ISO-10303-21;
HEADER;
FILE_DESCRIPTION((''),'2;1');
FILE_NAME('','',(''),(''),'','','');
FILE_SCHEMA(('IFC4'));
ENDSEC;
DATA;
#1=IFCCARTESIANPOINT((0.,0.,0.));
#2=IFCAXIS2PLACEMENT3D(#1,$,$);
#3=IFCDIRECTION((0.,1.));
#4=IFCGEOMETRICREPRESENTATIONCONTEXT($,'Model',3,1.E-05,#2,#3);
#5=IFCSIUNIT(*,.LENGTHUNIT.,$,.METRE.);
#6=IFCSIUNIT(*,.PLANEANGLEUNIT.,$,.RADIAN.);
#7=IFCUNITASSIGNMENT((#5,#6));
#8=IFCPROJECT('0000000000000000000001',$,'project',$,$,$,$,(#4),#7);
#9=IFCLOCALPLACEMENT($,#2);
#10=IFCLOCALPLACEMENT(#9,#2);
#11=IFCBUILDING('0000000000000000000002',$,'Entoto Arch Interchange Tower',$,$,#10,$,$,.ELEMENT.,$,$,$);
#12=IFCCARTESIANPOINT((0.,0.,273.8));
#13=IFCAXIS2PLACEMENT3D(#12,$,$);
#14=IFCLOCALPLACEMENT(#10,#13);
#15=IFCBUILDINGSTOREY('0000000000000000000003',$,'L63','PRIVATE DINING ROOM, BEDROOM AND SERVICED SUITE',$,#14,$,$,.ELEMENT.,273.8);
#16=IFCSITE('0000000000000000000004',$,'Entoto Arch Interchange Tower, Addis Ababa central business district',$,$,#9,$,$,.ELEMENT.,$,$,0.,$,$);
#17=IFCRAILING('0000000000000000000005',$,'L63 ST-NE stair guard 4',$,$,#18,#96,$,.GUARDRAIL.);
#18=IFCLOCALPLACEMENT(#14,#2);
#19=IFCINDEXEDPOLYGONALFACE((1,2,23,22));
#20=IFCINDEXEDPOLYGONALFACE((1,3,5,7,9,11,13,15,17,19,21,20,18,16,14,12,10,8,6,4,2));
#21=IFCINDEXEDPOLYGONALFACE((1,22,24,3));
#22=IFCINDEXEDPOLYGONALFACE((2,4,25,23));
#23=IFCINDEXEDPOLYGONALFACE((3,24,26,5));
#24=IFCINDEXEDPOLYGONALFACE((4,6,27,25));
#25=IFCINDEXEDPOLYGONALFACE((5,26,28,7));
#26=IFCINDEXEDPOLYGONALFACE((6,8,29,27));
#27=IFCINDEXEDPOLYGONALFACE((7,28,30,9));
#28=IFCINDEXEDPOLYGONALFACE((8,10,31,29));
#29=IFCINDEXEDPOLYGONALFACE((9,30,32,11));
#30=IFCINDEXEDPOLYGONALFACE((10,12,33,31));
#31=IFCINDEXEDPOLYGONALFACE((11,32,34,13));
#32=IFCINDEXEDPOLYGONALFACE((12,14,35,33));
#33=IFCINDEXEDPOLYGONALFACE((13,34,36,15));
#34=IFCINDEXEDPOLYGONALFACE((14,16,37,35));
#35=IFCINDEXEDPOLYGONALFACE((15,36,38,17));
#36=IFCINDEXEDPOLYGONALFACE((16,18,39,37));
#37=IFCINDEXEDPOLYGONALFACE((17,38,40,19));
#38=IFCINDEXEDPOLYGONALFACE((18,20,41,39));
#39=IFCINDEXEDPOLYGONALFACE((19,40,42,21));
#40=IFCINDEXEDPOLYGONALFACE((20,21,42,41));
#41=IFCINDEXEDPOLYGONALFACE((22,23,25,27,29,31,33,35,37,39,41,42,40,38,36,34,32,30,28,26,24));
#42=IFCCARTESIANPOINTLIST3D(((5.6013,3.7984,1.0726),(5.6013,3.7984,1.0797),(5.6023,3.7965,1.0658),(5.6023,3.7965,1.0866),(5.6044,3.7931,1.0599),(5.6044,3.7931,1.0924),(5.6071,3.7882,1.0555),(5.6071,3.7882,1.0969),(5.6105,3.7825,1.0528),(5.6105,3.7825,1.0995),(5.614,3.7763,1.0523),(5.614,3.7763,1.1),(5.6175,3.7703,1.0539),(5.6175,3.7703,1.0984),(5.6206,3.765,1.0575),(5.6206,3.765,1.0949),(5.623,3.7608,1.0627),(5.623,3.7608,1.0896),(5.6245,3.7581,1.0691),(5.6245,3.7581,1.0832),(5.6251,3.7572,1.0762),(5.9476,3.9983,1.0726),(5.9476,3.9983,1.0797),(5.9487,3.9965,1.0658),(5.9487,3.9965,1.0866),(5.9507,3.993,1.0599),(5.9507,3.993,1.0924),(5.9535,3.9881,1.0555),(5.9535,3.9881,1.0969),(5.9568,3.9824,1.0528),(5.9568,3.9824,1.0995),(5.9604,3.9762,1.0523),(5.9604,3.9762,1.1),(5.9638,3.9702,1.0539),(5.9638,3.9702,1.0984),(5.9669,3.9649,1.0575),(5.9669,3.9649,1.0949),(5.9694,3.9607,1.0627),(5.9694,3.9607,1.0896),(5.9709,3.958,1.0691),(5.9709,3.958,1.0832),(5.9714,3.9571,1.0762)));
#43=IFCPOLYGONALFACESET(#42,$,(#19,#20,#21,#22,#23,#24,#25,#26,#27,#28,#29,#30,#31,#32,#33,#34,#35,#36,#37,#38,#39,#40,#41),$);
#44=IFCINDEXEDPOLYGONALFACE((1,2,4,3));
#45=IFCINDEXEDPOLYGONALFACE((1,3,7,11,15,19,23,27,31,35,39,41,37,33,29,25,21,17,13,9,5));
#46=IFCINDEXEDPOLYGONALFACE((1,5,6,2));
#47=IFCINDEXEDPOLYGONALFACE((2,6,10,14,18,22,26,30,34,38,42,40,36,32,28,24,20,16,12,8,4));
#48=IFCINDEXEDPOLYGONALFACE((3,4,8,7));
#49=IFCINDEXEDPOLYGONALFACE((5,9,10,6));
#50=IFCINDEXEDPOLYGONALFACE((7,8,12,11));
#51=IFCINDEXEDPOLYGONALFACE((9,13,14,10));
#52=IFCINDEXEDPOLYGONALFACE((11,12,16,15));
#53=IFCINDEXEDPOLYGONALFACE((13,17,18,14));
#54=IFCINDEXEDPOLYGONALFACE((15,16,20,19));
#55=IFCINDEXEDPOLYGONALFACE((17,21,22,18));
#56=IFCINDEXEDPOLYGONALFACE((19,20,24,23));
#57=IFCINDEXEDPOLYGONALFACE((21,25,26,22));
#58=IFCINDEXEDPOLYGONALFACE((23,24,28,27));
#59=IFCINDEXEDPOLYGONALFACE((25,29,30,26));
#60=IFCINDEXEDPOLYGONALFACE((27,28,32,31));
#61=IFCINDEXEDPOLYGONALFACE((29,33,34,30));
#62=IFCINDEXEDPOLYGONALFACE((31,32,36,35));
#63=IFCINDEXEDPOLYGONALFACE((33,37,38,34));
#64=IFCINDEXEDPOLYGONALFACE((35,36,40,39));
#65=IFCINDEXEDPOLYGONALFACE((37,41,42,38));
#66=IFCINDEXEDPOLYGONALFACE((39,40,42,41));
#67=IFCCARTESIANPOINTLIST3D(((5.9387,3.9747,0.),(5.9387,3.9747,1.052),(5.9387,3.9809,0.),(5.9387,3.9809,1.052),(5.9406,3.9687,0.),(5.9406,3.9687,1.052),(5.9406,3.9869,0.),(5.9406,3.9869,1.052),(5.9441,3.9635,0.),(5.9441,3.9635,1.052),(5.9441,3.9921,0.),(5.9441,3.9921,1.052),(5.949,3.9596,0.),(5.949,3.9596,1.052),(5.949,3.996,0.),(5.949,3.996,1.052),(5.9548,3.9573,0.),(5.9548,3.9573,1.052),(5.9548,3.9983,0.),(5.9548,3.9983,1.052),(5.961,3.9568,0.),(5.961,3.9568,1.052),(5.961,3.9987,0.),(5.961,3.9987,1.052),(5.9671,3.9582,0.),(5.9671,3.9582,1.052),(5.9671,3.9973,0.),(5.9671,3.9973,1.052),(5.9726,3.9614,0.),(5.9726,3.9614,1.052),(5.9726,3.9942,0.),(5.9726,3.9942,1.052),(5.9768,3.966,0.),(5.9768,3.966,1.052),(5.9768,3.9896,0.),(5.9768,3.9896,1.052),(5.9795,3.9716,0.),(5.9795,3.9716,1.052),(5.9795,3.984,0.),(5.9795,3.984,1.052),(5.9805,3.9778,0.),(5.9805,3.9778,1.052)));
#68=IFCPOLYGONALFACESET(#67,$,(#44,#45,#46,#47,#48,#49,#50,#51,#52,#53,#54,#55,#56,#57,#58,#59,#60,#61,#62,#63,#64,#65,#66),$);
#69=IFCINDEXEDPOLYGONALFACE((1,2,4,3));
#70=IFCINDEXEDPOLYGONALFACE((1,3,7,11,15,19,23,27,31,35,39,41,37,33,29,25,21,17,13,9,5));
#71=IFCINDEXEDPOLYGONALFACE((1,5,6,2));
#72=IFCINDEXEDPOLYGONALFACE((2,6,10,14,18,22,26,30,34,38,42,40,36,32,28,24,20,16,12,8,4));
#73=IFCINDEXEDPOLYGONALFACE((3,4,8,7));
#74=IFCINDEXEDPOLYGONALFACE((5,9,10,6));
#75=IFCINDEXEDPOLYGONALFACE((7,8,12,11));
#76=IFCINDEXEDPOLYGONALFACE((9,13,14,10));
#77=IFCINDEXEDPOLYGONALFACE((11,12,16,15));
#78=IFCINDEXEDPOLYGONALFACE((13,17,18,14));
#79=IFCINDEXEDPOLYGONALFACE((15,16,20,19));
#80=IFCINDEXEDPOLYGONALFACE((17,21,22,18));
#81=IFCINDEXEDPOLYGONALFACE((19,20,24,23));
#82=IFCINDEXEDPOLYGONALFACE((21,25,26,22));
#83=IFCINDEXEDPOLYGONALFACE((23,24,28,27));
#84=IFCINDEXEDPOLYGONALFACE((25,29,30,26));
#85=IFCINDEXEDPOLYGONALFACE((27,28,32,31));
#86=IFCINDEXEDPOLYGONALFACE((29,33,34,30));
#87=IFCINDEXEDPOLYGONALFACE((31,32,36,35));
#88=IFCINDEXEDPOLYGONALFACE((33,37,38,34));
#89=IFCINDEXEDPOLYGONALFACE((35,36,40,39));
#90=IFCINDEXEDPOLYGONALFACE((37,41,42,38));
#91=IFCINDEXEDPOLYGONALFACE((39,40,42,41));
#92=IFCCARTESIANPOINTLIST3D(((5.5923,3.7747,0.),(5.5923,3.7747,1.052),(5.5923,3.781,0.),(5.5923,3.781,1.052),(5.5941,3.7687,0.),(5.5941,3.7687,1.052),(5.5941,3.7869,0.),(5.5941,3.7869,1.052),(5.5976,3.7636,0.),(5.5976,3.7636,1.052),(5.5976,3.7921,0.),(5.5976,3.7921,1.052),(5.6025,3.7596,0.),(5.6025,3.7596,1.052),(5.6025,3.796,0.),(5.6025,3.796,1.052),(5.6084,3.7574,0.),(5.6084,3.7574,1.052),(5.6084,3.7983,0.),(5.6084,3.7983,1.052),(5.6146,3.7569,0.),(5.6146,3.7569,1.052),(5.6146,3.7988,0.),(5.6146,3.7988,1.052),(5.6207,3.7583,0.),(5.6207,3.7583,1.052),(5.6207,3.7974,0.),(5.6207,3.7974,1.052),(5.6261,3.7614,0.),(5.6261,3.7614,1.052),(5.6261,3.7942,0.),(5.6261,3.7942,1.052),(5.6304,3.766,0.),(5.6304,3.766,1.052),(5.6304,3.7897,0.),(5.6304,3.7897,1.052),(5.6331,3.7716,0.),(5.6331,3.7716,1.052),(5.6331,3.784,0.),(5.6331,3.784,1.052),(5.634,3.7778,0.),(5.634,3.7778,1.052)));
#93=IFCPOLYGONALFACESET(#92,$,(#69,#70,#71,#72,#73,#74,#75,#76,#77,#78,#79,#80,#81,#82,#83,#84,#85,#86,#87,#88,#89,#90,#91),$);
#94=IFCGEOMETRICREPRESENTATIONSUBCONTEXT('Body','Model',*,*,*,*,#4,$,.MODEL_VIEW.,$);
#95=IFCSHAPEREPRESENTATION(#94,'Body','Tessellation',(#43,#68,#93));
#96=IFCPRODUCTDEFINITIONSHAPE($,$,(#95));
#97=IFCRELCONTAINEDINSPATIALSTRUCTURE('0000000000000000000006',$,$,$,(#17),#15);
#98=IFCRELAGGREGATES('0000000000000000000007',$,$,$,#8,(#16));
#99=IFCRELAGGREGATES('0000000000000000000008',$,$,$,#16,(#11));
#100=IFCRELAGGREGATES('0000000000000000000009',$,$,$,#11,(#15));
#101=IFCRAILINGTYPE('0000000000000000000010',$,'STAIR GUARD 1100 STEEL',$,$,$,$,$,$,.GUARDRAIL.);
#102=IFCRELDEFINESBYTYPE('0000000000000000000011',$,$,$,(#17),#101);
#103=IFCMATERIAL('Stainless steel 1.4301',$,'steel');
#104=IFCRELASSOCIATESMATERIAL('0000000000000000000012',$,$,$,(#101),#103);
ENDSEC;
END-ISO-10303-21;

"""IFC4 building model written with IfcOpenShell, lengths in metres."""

from ifc_helpers import new_model, si_unit, direction, frame, origin, origin_2d, place, context, subcontext, project, spatial, circle, extrude, material, type_object, element, save


model = new_model("IFC4")

# Units and contexts
model_context = context("Model", 3, precision=1e-05, world=origin(), true_north=direction((0.0, 1.0)))
body_context = subcontext(model_context, "Body", "Model", "MODEL_VIEW")
ifc_project = project(units=[si_unit("LENGTHUNIT", "METRE"), si_unit("PLANEANGLEUNIT", "RADIAN")], contexts=[model_context])

# Site, building, storey
site_placement = place(None, origin())
site = spatial("IfcSite", under=ifc_project, at=site_placement, Name="Entoto Arch Interchange Tower, Addis Ababa central business district", CompositionType="ELEMENT", RefElevation=0.0)
building_placement = place(site_placement, origin())
building = spatial("IfcBuilding", under=site, at=building_placement, Name="Entoto Arch Interchange Tower", CompositionType="ELEMENT")
storey_placement = place(building_placement, frame((0.0, 0.0, 273.8)))
storey = spatial("IfcBuildingStorey", under=building, at=storey_placement, Name="L63", Description="PRIVATE DINING ROOM, BEDROOM AND SERVICED SUITE", CompositionType="ELEMENT", Elevation=273.8)

# Railing
ifc_material_1 = material(Name="Stainless steel 1.4301", Category="steel")
railing_type_1 = type_object("IfcRailingType", Name="STAIR GUARD 1100 STEEL", PredefinedType="GUARDRAIL", material=ifc_material_1)
railing_1_placement = place(storey_placement, frame((5.9595, 3.9778, 0.0)))
element("IfcRailing", 1, at=railing_1_placement, inside=storey, type_object=railing_type_1, Name="L63 ST-NE stair guard 4", PredefinedType="GUARDRAIL", context=body_context, shape_type="SweptSolid", body=[
    extrude(circle(Radius=0.0239, at=origin_2d()), frame((0.0, 0.0, 1.0762), z_axis=(-0.866094, -0.499881, 0.0), x_axis=(0.499881, -0.866094, 0.0)), (0.0, 0.0, 1.0), 0.3999),
    extrude(circle(Radius=0.021, at=origin_2d()), origin(), (0.0, 0.0, 1.0), 1.052),
    extrude(circle(Radius=0.021, at=origin_2d()), frame((-0.3464, -0.2, 0.0)), (0.0, 0.0, 1.0), 1.052),
])

save(model, "model.ifc")
